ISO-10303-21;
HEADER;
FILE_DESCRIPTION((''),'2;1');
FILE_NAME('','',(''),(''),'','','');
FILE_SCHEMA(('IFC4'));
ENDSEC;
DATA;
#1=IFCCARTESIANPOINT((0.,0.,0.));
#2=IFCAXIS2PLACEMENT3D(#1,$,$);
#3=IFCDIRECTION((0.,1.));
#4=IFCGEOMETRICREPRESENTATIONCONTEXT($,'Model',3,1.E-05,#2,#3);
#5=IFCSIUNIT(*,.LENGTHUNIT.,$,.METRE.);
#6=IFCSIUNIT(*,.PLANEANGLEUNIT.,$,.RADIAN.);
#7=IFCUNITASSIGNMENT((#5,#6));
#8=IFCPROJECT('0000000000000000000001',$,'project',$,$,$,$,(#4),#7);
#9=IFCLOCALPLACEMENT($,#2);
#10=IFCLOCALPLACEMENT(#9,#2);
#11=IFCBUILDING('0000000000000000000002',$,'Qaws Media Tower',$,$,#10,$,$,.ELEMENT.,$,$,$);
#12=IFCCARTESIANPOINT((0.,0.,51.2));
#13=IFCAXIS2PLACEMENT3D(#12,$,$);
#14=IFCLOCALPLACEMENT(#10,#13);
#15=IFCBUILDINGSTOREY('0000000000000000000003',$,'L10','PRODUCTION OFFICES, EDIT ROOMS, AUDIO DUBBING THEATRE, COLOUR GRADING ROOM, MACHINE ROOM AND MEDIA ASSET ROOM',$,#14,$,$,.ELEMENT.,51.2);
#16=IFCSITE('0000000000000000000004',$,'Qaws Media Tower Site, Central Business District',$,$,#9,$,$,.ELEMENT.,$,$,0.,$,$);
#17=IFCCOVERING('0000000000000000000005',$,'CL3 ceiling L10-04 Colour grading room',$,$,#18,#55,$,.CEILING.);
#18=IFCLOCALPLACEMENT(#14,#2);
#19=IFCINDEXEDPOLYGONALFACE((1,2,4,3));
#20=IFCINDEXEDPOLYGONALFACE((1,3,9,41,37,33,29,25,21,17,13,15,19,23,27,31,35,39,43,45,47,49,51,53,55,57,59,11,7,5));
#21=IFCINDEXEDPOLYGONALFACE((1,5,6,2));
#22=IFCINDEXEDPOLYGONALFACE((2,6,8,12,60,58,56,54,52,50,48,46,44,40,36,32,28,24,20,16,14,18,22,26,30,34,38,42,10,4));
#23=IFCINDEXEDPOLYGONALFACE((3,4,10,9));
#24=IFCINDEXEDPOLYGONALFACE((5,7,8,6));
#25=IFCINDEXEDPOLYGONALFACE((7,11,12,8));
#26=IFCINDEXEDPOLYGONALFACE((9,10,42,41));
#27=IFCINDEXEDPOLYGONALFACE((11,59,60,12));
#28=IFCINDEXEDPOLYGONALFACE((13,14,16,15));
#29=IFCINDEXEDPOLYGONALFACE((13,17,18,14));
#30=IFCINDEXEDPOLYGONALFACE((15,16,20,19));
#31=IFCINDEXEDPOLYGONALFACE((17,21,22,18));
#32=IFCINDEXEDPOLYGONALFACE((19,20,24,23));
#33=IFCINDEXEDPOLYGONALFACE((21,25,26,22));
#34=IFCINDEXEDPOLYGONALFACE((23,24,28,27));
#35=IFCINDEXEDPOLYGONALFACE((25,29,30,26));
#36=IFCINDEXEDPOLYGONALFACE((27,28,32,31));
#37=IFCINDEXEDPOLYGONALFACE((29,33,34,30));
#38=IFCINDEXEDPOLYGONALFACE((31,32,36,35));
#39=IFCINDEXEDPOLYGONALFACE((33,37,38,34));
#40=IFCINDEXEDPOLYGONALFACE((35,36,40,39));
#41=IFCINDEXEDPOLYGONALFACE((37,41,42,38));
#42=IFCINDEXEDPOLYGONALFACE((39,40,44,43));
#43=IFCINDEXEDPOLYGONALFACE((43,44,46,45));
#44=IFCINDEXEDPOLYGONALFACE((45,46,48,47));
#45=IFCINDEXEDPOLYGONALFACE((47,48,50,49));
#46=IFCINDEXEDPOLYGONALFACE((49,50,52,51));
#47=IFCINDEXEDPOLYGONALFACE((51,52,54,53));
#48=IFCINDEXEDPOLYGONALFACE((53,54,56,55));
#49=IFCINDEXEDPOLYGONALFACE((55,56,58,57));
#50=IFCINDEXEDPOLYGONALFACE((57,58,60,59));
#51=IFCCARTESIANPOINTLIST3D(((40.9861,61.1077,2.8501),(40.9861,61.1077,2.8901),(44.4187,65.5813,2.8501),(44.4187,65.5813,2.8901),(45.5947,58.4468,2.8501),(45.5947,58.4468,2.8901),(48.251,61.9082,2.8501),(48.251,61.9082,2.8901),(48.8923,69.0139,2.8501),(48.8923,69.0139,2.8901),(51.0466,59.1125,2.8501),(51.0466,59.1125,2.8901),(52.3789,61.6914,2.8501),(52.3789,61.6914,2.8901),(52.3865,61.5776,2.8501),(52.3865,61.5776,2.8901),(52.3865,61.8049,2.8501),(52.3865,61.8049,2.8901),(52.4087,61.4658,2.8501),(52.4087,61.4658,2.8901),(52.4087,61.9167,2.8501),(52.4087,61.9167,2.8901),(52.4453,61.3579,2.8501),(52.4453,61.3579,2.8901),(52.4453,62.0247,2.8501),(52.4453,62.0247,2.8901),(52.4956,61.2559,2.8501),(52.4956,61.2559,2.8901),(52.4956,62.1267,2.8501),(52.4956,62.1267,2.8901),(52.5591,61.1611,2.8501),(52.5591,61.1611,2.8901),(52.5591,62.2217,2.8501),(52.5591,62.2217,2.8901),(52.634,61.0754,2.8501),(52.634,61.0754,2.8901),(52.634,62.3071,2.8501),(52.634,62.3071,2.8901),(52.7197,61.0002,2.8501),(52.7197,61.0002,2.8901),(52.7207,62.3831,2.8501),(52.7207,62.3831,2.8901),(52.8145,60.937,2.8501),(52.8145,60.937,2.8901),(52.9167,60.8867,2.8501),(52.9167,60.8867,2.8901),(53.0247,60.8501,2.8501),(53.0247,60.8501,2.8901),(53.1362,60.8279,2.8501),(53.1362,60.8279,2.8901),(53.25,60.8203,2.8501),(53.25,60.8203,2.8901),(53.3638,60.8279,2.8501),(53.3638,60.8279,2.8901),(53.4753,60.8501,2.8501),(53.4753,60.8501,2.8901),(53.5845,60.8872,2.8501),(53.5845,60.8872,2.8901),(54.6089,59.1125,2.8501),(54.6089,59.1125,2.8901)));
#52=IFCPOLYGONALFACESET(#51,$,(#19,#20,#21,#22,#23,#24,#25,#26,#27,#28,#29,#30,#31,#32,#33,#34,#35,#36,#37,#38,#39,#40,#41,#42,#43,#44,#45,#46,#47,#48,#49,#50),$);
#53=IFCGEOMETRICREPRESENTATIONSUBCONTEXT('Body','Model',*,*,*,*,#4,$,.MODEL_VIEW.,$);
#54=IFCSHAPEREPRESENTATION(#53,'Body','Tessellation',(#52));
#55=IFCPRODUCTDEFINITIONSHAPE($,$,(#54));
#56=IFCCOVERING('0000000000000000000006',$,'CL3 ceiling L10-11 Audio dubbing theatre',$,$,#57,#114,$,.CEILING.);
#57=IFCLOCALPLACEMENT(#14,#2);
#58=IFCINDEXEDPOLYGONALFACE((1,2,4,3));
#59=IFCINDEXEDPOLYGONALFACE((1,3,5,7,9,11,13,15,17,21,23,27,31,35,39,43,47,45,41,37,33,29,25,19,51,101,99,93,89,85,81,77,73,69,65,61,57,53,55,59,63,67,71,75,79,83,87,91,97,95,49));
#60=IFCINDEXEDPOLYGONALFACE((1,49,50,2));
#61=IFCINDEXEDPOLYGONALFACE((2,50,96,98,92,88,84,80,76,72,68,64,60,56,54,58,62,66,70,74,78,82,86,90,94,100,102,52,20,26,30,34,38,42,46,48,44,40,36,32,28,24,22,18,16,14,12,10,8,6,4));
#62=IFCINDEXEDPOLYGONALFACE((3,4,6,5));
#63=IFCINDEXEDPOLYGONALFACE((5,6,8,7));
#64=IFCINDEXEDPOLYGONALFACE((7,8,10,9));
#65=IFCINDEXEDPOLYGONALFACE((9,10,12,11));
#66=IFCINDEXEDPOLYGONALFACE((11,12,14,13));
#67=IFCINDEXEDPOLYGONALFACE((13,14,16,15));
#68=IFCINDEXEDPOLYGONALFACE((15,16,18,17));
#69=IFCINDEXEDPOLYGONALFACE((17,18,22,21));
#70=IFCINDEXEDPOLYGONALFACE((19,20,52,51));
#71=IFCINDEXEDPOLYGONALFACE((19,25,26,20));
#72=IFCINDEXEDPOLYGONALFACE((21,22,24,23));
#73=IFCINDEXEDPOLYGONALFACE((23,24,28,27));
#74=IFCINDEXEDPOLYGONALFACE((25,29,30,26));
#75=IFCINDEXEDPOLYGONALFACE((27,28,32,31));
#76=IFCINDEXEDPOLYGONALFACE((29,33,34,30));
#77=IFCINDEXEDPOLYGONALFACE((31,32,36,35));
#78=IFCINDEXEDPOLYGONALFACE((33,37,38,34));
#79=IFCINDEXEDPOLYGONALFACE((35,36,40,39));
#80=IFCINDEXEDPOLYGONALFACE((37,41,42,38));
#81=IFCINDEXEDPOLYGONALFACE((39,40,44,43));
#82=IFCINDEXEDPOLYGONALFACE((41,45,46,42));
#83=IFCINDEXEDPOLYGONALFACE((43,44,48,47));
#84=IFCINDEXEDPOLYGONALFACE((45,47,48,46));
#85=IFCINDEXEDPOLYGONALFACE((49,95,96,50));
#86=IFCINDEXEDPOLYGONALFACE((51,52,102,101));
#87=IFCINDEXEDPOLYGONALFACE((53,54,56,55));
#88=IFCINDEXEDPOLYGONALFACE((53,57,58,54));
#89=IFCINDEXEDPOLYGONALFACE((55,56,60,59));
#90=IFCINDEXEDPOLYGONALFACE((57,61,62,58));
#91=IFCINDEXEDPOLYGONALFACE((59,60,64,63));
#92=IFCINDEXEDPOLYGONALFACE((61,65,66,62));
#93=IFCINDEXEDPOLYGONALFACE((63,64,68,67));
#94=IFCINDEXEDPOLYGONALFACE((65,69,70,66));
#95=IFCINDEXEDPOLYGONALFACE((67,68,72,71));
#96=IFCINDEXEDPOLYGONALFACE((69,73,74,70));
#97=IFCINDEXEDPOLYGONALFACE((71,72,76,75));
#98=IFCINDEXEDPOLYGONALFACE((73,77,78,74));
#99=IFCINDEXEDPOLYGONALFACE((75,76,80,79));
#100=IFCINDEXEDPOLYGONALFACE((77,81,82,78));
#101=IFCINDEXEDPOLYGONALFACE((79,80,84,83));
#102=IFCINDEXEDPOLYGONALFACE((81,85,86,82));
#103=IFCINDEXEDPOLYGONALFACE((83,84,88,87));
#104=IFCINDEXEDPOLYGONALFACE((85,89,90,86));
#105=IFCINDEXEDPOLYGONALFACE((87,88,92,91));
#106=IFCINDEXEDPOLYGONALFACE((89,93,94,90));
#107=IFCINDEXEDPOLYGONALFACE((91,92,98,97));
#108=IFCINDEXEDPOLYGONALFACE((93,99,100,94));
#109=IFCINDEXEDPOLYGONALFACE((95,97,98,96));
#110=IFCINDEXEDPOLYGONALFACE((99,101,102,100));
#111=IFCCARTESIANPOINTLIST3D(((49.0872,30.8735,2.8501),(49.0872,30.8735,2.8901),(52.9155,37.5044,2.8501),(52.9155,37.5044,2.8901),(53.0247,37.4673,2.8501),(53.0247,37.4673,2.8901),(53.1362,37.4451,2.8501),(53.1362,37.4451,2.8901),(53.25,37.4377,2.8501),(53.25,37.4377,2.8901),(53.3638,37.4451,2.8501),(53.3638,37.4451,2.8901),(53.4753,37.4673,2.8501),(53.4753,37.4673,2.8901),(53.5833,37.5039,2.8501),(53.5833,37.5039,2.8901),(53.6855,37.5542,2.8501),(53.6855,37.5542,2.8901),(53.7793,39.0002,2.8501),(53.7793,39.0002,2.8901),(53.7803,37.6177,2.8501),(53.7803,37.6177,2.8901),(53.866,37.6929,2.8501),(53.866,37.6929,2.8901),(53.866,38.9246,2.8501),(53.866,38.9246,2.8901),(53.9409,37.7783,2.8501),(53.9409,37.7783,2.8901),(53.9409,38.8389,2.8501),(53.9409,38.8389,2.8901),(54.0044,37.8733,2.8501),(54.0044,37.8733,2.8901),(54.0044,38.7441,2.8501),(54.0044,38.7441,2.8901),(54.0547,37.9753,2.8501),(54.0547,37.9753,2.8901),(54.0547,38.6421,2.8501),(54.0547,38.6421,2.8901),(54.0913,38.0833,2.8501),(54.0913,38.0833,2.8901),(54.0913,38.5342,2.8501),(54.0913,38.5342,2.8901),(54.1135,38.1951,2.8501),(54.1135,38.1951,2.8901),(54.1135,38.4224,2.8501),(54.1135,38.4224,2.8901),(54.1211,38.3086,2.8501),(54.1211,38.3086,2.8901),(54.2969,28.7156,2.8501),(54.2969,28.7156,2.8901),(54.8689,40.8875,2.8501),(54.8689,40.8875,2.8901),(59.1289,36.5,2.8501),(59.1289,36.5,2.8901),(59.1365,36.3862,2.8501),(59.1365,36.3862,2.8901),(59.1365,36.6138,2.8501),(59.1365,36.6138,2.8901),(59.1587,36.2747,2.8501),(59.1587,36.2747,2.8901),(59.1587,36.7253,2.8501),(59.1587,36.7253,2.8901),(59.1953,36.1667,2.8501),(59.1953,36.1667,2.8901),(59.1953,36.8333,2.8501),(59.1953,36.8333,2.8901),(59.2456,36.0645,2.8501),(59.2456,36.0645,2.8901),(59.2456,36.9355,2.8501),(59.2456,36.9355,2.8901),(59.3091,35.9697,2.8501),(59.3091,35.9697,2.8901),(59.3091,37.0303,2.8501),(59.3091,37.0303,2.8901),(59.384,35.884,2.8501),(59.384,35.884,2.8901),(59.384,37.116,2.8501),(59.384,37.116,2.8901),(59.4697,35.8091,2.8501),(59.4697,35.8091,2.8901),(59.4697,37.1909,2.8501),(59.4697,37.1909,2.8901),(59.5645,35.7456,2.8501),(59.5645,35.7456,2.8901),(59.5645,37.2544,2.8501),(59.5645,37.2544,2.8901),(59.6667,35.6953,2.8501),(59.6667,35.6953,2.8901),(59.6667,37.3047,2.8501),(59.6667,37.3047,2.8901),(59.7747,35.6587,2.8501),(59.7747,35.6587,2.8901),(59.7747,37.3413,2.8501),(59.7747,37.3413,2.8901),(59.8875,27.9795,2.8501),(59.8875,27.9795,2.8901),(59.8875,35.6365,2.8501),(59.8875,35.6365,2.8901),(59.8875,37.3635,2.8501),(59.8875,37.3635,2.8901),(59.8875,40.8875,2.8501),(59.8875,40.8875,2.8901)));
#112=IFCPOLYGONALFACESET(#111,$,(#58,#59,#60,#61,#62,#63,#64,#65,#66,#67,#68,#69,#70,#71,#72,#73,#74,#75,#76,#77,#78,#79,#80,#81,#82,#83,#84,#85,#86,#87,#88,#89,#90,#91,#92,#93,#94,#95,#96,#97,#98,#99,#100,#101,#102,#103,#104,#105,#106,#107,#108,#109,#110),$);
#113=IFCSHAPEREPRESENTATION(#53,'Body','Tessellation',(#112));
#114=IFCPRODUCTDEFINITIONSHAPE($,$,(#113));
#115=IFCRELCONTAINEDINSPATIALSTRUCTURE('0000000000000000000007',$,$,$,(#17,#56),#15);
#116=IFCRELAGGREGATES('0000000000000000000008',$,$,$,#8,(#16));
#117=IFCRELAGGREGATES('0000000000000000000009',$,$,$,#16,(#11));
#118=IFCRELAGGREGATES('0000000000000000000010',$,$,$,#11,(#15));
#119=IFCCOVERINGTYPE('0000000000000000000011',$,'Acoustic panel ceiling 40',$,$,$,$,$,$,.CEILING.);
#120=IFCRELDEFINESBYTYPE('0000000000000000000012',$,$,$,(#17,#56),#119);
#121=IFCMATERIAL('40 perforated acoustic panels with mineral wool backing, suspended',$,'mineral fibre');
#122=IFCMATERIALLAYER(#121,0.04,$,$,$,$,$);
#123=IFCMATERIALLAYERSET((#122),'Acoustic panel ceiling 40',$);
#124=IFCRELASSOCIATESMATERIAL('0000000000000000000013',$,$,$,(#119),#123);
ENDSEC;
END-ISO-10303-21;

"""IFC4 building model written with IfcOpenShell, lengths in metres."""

from ifc_helpers import new_model, si_unit, direction, frame, origin, place, context, subcontext, project, spatial, polyline, outline, extrude, material, layer, layer_set, type_object, element, save


model = new_model("IFC4")

# Units and contexts
model_context = context("Model", 3, precision=1e-05, world=origin(), true_north=direction((0.0, 1.0)))
body_context = subcontext(model_context, "Body", "Model", "MODEL_VIEW")
ifc_project = project(units=[si_unit("LENGTHUNIT", "METRE"), si_unit("PLANEANGLEUNIT", "RADIAN")], contexts=[model_context])

# Site, building, storey
site_placement = place(None, origin())
site = spatial("IfcSite", under=ifc_project, at=site_placement, Name="Qaws Media Tower Site, Central Business District", CompositionType="ELEMENT", RefElevation=0.0)
building_placement = place(site_placement, origin())
building = spatial("IfcBuilding", under=site, at=building_placement, Name="Qaws Media Tower", CompositionType="ELEMENT")
storey_placement = place(building_placement, frame((0.0, 0.0, 51.2)))
storey = spatial("IfcBuildingStorey", under=building, at=storey_placement, Name="L10", Description="PRODUCTION OFFICES, EDIT ROOMS, AUDIO DUBBING THEATRE, COLOUR GRADING ROOM, MACHINE ROOM AND MEDIA ASSET ROOM", CompositionType="ELEMENT", Elevation=51.2)

# Coverings
ifc_material_1 = material(Name="40 perforated acoustic panels with mineral wool backing, suspended", Category="mineral fibre")
ifc_layer_1 = layer(ifc_material_1, 0.04)
ifc_layer_set_1 = layer_set([ifc_layer_1], Name="Acoustic panel ceiling 40")
covering_type_1 = type_object("IfcCoveringType", Name="Acoustic panel ceiling 40", PredefinedType="CEILING", material=ifc_layer_set_1)
covering_1_placement = place(storey_placement, frame((0.0, 0.0, 2.8501)))
element("IfcCovering", 1, at=covering_1_placement, inside=storey, type_object=covering_type_1, Name="CL3 ceiling L10-04 Colour grading room", PredefinedType="CEILING", context=body_context, shape_type="SweptSolid", body=[
    extrude(outline(polyline([(44.4187, 65.5813), (48.8923, 69.0139), (52.7207, 62.3831), (52.634, 62.3071), (52.5591, 62.2217), (52.4956, 62.1267), (52.4453, 62.0247), (52.4087, 61.9167), (52.3865, 61.8049), (52.3789, 61.6914), (52.3865, 61.5776), (52.4087, 61.4658), (52.4453, 61.3579), (52.4956, 61.2559), (52.5591, 61.1611), (52.634, 61.0754), (52.7197, 61.0002), (52.8145, 60.937), (52.9167, 60.8867), (53.0247, 60.8501), (53.1362, 60.8279), (53.25, 60.8203), (53.3638, 60.8279), (53.4753, 60.8501), (53.5845, 60.8872), (54.6089, 59.1125), (51.0466, 59.1125), (48.251, 61.9082), (45.5947, 58.4468), (40.9861, 61.1077), (44.4187, 65.5813)])), origin(), (0.0, 0.0, 1.0), 0.04),
])
covering_2_placement = place(storey_placement, frame((0.0, 0.0, 2.8501)))
element("IfcCovering", 2, at=covering_2_placement, inside=storey, type_object=covering_type_1, Name="CL3 ceiling L10-11 Audio dubbing theatre", PredefinedType="CEILING", context=body_context, shape_type="SweptSolid", body=[
    extrude(outline(polyline([(54.2969, 28.7156), (49.0872, 30.8735), (52.9155, 37.5044), (53.0247, 37.4673), (53.1362, 37.4451), (53.25, 37.4377), (53.3638, 37.4451), (53.4753, 37.4673), (53.5833, 37.5039), (53.6855, 37.5542), (53.7803, 37.6177), (53.866, 37.6929), (53.9409, 37.7783), (54.0044, 37.8733), (54.0547, 37.9753), (54.0913, 38.0833), (54.1135, 38.1951), (54.1211, 38.3086), (54.1135, 38.4224), (54.0913, 38.5342), (54.0547, 38.6421), (54.0044, 38.7441), (53.9409, 38.8389), (53.866, 38.9246), (53.7793, 39.0002), (54.8689, 40.8875), (59.8875, 40.8875), (59.8875, 37.3635), (59.7747, 37.3413), (59.6667, 37.3047), (59.5645, 37.2544), (59.4697, 37.1909), (59.384, 37.116), (59.3091, 37.0303), (59.2456, 36.9355), (59.1953, 36.8333), (59.1587, 36.7253), (59.1365, 36.6138), (59.1289, 36.5), (59.1365, 36.3862), (59.1587, 36.2747), (59.1953, 36.1667), (59.2456, 36.0645), (59.3091, 35.9697), (59.384, 35.884), (59.4697, 35.8091), (59.5645, 35.7456), (59.6667, 35.6953), (59.7747, 35.6587), (59.8875, 35.6365), (59.8875, 27.9795), (54.2969, 28.7156)])), origin(), (0.0, 0.0, 1.0), 0.04),
])

save(model, "model.ifc")
